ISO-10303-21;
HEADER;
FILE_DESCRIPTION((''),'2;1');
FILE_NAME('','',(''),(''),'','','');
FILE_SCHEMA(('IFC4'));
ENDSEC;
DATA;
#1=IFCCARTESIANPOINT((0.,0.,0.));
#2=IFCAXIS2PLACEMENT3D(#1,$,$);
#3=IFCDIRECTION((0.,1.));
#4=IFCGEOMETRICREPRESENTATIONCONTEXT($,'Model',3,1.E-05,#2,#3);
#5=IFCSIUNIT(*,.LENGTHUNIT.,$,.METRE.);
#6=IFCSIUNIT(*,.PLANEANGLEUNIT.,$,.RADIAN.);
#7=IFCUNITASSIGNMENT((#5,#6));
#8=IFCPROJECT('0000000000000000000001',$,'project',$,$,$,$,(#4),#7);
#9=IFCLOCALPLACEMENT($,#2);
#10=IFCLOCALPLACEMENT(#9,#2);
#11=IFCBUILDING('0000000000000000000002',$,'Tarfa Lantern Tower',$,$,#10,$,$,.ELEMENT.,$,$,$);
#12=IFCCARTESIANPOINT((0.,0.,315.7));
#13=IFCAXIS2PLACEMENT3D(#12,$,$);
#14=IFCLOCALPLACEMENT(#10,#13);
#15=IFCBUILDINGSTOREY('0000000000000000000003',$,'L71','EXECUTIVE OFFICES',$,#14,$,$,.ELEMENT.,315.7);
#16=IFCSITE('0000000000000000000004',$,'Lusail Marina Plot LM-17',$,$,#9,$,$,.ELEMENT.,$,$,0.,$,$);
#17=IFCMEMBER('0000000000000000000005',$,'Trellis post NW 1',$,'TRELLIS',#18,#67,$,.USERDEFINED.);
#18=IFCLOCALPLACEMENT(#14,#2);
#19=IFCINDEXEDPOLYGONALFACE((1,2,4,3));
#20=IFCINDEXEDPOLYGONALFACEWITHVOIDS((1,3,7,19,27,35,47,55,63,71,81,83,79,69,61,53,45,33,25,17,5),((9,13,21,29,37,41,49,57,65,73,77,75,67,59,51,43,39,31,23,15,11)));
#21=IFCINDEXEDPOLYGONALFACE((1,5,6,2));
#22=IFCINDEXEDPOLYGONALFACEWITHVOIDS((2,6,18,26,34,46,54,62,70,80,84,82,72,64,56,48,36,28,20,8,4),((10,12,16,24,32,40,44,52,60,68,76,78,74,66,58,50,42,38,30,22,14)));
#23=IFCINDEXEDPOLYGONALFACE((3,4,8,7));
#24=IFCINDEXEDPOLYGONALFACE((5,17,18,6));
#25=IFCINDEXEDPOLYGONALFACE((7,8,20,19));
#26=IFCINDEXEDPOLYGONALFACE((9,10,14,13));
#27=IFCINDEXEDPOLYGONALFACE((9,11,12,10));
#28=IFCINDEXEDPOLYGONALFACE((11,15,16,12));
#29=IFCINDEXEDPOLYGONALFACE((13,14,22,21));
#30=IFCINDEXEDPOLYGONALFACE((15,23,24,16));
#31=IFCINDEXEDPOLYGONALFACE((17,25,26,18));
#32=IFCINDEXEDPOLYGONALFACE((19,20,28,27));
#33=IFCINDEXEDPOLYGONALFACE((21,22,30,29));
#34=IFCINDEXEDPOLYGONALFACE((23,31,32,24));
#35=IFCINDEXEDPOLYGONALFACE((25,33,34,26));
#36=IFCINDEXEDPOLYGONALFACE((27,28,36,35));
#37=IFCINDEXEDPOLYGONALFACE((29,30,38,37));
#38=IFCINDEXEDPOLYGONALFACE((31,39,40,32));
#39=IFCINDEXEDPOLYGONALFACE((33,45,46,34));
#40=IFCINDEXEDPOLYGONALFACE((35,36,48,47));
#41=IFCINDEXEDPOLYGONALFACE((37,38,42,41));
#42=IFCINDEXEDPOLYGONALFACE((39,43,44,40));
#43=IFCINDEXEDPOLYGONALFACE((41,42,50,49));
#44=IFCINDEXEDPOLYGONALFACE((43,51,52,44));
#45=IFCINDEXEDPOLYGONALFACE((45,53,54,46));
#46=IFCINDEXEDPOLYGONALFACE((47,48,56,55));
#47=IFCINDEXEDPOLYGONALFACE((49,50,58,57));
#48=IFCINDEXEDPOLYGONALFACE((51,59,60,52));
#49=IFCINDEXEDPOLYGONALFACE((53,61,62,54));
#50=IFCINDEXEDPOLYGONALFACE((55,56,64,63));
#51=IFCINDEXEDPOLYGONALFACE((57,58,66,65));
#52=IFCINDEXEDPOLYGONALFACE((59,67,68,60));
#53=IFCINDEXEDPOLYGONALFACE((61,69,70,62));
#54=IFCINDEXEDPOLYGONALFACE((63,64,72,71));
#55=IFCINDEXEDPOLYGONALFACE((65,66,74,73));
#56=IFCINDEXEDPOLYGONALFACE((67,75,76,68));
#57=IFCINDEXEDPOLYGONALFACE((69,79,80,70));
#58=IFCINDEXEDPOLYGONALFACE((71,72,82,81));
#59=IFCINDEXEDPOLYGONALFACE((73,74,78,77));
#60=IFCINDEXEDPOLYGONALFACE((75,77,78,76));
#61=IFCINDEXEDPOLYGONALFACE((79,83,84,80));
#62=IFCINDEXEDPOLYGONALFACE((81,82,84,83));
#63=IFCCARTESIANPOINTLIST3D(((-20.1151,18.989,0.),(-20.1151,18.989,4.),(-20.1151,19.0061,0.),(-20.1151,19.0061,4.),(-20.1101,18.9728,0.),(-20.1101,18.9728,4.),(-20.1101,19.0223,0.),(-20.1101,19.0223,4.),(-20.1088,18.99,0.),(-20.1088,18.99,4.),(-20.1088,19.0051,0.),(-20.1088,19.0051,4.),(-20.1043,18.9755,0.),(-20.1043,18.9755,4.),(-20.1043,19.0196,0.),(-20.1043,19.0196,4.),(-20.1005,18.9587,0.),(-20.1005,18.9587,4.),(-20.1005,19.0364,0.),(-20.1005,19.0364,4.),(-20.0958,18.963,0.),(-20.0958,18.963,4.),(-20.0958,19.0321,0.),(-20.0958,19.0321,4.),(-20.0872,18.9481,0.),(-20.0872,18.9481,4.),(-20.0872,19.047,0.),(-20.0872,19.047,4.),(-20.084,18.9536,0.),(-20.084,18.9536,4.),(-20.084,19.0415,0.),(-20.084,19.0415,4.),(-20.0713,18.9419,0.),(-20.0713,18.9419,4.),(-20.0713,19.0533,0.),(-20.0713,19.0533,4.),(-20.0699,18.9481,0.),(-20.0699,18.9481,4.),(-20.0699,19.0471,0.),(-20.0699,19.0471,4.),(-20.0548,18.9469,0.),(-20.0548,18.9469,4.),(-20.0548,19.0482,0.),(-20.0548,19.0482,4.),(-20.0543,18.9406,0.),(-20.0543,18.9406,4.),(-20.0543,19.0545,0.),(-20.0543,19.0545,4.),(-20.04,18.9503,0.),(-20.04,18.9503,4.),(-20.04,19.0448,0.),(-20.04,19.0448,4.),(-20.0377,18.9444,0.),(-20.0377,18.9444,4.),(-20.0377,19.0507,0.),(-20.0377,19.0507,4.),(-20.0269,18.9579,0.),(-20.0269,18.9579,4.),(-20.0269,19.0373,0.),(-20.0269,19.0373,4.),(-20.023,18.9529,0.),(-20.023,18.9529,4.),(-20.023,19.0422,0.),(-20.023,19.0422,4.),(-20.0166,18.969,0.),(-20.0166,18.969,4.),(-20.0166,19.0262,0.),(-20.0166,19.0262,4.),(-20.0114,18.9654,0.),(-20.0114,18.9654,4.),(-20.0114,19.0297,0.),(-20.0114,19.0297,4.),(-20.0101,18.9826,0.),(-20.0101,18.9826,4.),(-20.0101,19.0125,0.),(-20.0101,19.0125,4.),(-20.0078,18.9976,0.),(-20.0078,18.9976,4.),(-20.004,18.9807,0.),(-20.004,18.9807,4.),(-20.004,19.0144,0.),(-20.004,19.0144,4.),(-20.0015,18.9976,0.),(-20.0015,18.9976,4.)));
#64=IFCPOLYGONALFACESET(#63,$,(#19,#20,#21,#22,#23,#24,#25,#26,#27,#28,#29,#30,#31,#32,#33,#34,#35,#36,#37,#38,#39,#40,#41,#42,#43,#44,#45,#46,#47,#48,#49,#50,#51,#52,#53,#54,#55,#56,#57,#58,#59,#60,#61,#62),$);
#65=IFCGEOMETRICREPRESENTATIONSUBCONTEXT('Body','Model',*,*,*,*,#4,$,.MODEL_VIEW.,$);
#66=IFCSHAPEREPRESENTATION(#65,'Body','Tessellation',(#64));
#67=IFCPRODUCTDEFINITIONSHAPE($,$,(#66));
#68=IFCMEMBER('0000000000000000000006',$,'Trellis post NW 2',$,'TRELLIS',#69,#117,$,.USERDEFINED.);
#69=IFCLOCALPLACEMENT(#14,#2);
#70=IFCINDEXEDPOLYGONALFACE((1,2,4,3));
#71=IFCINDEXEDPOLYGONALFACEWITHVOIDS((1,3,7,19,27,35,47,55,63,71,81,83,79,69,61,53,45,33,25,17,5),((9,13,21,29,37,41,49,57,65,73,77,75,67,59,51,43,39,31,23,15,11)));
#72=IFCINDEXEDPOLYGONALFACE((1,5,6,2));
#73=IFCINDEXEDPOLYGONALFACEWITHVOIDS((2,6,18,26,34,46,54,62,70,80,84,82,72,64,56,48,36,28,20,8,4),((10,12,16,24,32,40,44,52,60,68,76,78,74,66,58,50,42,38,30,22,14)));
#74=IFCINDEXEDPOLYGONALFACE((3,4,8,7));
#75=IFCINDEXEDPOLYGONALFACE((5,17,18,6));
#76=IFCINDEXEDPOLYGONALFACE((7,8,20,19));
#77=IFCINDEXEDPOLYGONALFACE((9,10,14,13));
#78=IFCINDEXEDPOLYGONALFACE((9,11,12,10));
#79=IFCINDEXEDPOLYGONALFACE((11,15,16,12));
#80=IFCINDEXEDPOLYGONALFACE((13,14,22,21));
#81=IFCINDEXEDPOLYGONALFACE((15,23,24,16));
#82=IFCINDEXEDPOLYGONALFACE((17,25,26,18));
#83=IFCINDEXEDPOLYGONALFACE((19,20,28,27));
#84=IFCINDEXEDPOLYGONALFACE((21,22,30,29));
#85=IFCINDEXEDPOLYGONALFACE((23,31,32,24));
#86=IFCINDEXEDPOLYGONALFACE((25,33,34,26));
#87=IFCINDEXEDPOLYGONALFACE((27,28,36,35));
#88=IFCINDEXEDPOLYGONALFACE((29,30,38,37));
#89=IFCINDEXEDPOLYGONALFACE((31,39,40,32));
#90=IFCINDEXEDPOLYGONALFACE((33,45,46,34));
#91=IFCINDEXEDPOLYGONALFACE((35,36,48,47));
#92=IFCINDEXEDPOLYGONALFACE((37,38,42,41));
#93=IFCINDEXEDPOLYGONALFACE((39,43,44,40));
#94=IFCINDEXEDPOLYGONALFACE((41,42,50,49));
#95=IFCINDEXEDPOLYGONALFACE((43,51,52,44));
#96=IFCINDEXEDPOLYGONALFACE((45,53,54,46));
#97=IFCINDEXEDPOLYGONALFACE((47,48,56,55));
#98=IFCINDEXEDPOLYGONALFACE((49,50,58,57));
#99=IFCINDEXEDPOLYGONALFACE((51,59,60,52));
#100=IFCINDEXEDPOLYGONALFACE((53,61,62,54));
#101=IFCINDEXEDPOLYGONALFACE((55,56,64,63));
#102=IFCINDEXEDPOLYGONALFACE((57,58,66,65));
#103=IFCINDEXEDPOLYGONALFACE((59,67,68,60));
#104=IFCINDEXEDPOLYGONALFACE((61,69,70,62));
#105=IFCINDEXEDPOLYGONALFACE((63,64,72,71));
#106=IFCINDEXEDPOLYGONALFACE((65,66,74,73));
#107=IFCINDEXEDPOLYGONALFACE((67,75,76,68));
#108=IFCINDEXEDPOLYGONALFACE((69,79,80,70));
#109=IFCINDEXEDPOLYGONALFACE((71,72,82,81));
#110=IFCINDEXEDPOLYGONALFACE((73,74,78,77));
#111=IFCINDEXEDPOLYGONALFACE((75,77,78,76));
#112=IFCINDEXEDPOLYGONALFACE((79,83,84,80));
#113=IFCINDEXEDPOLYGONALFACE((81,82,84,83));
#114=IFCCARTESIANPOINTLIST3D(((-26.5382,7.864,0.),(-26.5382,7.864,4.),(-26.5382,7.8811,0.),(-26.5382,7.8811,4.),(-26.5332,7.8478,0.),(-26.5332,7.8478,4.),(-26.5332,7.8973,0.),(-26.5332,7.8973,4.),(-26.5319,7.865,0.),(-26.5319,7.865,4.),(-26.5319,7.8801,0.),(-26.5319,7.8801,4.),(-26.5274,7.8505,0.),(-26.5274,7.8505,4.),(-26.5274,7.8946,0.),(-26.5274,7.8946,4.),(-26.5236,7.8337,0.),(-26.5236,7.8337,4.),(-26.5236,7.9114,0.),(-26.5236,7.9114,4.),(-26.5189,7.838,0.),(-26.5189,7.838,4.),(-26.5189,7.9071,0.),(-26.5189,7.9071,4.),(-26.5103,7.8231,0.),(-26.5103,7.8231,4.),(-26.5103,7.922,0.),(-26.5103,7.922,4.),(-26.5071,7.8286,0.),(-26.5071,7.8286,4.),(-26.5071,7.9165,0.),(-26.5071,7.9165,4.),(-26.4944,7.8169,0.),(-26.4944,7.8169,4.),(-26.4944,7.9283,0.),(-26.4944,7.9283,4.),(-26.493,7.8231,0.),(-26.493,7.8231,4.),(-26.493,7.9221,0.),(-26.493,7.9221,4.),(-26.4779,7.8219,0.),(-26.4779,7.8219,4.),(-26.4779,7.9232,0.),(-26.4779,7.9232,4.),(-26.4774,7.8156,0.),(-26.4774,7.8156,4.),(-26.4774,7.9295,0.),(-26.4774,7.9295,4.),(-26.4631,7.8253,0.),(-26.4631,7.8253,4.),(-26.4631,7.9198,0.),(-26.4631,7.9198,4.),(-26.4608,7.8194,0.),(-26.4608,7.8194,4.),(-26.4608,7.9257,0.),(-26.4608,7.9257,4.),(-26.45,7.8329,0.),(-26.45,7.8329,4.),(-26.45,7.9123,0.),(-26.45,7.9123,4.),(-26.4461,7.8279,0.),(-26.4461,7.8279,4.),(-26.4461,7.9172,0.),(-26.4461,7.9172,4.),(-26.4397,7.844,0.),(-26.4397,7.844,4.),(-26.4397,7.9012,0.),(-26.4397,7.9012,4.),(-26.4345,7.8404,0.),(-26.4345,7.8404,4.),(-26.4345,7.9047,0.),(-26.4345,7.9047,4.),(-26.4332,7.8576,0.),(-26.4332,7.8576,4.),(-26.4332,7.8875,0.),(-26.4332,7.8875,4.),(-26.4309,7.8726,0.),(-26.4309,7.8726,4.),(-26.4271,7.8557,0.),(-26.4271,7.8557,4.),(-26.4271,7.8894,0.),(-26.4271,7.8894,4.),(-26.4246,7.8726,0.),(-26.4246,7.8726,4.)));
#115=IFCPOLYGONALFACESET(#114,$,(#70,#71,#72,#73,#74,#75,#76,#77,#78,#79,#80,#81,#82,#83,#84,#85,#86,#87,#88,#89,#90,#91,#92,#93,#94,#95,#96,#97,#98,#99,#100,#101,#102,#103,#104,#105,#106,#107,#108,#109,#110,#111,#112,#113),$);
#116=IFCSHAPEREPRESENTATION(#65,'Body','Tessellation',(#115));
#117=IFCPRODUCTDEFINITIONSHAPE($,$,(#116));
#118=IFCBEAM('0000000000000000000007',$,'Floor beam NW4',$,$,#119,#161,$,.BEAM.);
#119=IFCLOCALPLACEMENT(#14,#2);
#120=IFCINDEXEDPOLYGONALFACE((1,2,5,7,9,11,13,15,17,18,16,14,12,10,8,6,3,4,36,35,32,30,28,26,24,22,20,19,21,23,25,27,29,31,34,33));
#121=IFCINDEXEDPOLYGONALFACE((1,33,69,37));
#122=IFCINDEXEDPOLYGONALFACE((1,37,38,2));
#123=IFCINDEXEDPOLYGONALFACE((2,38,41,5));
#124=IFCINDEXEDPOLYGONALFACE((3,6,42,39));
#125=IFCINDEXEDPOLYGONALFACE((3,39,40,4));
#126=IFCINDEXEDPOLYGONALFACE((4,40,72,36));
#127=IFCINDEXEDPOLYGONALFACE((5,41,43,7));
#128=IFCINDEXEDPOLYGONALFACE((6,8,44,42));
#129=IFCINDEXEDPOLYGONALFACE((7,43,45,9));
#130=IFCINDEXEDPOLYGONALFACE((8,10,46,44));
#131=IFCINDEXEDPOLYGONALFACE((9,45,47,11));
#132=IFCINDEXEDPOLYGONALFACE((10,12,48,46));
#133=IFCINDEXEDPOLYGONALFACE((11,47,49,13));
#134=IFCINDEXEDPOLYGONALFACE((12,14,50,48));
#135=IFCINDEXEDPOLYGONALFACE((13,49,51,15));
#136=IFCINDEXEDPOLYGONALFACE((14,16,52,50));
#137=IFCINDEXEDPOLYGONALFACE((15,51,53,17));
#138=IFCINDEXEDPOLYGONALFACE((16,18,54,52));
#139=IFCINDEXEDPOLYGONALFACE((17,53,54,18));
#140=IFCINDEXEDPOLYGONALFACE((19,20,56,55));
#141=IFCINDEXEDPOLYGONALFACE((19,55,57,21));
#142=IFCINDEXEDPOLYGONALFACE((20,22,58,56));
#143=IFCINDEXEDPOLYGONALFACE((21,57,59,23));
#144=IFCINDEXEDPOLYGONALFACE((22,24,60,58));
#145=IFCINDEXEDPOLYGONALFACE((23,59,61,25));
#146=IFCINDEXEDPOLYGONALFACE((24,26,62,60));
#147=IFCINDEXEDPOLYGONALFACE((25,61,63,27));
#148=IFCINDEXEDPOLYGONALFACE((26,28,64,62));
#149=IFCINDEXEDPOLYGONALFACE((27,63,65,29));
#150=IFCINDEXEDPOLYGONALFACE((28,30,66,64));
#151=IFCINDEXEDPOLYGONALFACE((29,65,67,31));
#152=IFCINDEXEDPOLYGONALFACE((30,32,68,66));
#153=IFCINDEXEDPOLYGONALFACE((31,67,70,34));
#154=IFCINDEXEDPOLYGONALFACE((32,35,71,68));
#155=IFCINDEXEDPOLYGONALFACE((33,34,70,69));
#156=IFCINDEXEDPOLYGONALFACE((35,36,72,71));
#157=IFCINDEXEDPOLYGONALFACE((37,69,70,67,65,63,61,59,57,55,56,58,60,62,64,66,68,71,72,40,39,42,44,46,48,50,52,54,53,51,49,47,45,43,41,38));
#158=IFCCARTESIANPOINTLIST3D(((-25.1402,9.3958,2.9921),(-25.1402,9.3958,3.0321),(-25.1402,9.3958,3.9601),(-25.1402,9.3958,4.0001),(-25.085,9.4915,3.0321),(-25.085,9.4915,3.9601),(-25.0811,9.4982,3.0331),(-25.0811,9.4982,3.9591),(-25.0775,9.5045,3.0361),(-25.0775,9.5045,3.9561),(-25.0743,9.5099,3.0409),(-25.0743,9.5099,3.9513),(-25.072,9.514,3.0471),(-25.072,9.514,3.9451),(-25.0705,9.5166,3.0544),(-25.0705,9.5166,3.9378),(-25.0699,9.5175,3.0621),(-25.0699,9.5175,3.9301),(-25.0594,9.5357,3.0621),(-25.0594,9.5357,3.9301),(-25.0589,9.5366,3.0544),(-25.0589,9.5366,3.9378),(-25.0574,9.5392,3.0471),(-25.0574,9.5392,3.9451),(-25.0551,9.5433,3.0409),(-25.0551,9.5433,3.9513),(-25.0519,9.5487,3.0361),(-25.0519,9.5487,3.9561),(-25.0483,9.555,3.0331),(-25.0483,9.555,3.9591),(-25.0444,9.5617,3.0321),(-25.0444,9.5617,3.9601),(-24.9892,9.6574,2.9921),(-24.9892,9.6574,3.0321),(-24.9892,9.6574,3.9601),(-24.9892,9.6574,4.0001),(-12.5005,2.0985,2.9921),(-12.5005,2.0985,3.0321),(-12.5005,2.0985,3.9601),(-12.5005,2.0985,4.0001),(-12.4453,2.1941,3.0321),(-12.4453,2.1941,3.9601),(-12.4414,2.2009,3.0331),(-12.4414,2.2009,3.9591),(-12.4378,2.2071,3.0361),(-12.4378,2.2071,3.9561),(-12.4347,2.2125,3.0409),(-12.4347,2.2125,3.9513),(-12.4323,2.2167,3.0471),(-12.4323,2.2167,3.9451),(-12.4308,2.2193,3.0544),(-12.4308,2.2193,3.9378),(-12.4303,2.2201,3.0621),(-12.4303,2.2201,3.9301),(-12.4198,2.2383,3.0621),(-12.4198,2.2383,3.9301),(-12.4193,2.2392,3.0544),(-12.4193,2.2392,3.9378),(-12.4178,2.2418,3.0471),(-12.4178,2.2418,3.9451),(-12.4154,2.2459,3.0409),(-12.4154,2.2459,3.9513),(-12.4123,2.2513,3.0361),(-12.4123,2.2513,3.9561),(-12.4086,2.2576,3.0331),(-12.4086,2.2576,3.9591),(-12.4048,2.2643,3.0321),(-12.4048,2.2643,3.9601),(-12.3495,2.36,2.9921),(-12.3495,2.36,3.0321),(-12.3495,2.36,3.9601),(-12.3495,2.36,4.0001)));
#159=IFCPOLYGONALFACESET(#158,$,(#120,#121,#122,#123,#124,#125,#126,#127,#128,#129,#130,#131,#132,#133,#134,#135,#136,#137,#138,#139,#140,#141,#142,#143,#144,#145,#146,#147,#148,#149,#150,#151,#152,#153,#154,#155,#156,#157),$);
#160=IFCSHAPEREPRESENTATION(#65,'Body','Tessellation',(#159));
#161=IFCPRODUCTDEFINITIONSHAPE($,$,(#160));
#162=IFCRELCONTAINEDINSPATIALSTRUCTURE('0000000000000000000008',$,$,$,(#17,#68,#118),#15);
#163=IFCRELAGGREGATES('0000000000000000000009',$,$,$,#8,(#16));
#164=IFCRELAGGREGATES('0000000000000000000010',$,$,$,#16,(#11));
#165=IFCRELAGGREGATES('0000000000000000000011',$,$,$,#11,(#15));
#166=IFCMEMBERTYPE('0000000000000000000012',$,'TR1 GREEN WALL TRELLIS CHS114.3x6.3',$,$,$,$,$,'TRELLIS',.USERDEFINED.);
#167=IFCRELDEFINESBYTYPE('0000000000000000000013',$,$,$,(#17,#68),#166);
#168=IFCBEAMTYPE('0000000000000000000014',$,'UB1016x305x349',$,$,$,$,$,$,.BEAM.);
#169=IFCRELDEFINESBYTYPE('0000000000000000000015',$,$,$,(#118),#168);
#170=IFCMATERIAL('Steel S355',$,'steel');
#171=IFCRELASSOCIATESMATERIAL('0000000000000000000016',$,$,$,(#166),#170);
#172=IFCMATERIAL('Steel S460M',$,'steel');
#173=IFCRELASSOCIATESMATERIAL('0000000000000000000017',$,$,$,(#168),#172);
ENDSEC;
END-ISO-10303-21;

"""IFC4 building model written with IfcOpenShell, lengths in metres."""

from ifc_helpers import new_model, si_unit, direction, frame, origin, origin_2d, place, context, subcontext, project, spatial, hollow_circle, i_section, extrude, material, material_profile, profile_set, type_object, element, save


model = new_model("IFC4")

# Units and contexts
model_context = context("Model", 3, precision=1e-05, world=origin(), true_north=direction((0.0, 1.0)))
body_context = subcontext(model_context, "Body", "Model", "MODEL_VIEW")
ifc_project = project(units=[si_unit("LENGTHUNIT", "METRE"), si_unit("PLANEANGLEUNIT", "RADIAN")], contexts=[model_context])

# Site, building, storey
site_placement = place(None, origin())
site = spatial("IfcSite", under=ifc_project, at=site_placement, Name="Lusail Marina Plot LM-17", CompositionType="ELEMENT", RefElevation=0.0)
building_placement = place(site_placement, origin())
building = spatial("IfcBuilding", under=site, at=building_placement, Name="Tarfa Lantern Tower", CompositionType="ELEMENT")
storey_placement = place(building_placement, frame((0.0, 0.0, 315.7)))
storey = spatial("IfcBuildingStorey", under=building, at=storey_placement, Name="L71", Description="EXECUTIVE OFFICES", CompositionType="ELEMENT", Elevation=315.7)

# Members
ifc_material_1 = material(Name="Steel S355", Category="steel")
ifc_material_profile_1 = material_profile(ifc_material_1, hollow_circle(Radius=0.0571, WallThickness=0.0063, at=origin_2d()), Name="CHS114.3x6.3")
ifc_profile_set_1 = profile_set([ifc_material_profile_1], Name="Steel S355")
member_type_1 = type_object("IfcMemberType", Name="TR1 GREEN WALL TRELLIS CHS114.3x6.3", ElementType="TRELLIS", PredefinedType="USERDEFINED", material=ifc_profile_set_1)
for number, where, z_axis, x_axis, name in (
    (1, (-20.0586, 18.9976, 0.0), (0.0, 0.0, 1.0), (1.0, 0.0, 0.0), "Trellis post NW 1"),
    (2, (-26.4817, 7.8726, 0.0), (0.0, 0.0, 1.0), (1.0, 0.0, 0.0), "Trellis post NW 2"),
):
    element("IfcMember", number, at=place(storey_placement, frame(where, z_axis=z_axis, x_axis=x_axis)), inside=storey, type_object=member_type_1, Name=name, ObjectType="TRELLIS", PredefinedType="USERDEFINED", context=body_context, shape_type="SweptSolid", body=[
        extrude(hollow_circle(Radius=0.0571, WallThickness=0.0063, at=origin_2d()), origin(), (0.0, 0.0, 1.0), 4.0),
    ])

# Beam
ifc_material_2 = material(Name="Steel S460M", Category="steel")
ifc_material_profile_2 = material_profile(ifc_material_2, i_section(OverallWidth=0.302, OverallDepth=1.0081, WebThickness=0.021, FlangeThickness=0.04, FilletRadius=0.03, at=origin_2d()), Name="UB1016x305x349")
ifc_profile_set_2 = profile_set([ifc_material_profile_2], Name="Steel S460M")
beam_type_1 = type_object("IfcBeamType", Name="UB1016x305x349", PredefinedType="BEAM", material=ifc_profile_set_2)
beam_1_placement = place(storey_placement, frame((-25.0647, 9.5266, 3.4961), z_axis=(0.86603, -0.499993, 0.0), x_axis=(0.499993, 0.86603, 0.0)))
element("IfcBeam", 3, at=beam_1_placement, inside=storey, type_object=beam_type_1, Name="Floor beam NW4", PredefinedType="BEAM", context=body_context, shape_type="SweptSolid", body=[
    extrude(i_section(OverallWidth=0.302, OverallDepth=1.0081, WebThickness=0.021, FlangeThickness=0.04, FilletRadius=0.03, at=origin_2d()), origin(), (0.0, 0.0, 1.0), 14.595),
])

save(model, "model.ifc")
